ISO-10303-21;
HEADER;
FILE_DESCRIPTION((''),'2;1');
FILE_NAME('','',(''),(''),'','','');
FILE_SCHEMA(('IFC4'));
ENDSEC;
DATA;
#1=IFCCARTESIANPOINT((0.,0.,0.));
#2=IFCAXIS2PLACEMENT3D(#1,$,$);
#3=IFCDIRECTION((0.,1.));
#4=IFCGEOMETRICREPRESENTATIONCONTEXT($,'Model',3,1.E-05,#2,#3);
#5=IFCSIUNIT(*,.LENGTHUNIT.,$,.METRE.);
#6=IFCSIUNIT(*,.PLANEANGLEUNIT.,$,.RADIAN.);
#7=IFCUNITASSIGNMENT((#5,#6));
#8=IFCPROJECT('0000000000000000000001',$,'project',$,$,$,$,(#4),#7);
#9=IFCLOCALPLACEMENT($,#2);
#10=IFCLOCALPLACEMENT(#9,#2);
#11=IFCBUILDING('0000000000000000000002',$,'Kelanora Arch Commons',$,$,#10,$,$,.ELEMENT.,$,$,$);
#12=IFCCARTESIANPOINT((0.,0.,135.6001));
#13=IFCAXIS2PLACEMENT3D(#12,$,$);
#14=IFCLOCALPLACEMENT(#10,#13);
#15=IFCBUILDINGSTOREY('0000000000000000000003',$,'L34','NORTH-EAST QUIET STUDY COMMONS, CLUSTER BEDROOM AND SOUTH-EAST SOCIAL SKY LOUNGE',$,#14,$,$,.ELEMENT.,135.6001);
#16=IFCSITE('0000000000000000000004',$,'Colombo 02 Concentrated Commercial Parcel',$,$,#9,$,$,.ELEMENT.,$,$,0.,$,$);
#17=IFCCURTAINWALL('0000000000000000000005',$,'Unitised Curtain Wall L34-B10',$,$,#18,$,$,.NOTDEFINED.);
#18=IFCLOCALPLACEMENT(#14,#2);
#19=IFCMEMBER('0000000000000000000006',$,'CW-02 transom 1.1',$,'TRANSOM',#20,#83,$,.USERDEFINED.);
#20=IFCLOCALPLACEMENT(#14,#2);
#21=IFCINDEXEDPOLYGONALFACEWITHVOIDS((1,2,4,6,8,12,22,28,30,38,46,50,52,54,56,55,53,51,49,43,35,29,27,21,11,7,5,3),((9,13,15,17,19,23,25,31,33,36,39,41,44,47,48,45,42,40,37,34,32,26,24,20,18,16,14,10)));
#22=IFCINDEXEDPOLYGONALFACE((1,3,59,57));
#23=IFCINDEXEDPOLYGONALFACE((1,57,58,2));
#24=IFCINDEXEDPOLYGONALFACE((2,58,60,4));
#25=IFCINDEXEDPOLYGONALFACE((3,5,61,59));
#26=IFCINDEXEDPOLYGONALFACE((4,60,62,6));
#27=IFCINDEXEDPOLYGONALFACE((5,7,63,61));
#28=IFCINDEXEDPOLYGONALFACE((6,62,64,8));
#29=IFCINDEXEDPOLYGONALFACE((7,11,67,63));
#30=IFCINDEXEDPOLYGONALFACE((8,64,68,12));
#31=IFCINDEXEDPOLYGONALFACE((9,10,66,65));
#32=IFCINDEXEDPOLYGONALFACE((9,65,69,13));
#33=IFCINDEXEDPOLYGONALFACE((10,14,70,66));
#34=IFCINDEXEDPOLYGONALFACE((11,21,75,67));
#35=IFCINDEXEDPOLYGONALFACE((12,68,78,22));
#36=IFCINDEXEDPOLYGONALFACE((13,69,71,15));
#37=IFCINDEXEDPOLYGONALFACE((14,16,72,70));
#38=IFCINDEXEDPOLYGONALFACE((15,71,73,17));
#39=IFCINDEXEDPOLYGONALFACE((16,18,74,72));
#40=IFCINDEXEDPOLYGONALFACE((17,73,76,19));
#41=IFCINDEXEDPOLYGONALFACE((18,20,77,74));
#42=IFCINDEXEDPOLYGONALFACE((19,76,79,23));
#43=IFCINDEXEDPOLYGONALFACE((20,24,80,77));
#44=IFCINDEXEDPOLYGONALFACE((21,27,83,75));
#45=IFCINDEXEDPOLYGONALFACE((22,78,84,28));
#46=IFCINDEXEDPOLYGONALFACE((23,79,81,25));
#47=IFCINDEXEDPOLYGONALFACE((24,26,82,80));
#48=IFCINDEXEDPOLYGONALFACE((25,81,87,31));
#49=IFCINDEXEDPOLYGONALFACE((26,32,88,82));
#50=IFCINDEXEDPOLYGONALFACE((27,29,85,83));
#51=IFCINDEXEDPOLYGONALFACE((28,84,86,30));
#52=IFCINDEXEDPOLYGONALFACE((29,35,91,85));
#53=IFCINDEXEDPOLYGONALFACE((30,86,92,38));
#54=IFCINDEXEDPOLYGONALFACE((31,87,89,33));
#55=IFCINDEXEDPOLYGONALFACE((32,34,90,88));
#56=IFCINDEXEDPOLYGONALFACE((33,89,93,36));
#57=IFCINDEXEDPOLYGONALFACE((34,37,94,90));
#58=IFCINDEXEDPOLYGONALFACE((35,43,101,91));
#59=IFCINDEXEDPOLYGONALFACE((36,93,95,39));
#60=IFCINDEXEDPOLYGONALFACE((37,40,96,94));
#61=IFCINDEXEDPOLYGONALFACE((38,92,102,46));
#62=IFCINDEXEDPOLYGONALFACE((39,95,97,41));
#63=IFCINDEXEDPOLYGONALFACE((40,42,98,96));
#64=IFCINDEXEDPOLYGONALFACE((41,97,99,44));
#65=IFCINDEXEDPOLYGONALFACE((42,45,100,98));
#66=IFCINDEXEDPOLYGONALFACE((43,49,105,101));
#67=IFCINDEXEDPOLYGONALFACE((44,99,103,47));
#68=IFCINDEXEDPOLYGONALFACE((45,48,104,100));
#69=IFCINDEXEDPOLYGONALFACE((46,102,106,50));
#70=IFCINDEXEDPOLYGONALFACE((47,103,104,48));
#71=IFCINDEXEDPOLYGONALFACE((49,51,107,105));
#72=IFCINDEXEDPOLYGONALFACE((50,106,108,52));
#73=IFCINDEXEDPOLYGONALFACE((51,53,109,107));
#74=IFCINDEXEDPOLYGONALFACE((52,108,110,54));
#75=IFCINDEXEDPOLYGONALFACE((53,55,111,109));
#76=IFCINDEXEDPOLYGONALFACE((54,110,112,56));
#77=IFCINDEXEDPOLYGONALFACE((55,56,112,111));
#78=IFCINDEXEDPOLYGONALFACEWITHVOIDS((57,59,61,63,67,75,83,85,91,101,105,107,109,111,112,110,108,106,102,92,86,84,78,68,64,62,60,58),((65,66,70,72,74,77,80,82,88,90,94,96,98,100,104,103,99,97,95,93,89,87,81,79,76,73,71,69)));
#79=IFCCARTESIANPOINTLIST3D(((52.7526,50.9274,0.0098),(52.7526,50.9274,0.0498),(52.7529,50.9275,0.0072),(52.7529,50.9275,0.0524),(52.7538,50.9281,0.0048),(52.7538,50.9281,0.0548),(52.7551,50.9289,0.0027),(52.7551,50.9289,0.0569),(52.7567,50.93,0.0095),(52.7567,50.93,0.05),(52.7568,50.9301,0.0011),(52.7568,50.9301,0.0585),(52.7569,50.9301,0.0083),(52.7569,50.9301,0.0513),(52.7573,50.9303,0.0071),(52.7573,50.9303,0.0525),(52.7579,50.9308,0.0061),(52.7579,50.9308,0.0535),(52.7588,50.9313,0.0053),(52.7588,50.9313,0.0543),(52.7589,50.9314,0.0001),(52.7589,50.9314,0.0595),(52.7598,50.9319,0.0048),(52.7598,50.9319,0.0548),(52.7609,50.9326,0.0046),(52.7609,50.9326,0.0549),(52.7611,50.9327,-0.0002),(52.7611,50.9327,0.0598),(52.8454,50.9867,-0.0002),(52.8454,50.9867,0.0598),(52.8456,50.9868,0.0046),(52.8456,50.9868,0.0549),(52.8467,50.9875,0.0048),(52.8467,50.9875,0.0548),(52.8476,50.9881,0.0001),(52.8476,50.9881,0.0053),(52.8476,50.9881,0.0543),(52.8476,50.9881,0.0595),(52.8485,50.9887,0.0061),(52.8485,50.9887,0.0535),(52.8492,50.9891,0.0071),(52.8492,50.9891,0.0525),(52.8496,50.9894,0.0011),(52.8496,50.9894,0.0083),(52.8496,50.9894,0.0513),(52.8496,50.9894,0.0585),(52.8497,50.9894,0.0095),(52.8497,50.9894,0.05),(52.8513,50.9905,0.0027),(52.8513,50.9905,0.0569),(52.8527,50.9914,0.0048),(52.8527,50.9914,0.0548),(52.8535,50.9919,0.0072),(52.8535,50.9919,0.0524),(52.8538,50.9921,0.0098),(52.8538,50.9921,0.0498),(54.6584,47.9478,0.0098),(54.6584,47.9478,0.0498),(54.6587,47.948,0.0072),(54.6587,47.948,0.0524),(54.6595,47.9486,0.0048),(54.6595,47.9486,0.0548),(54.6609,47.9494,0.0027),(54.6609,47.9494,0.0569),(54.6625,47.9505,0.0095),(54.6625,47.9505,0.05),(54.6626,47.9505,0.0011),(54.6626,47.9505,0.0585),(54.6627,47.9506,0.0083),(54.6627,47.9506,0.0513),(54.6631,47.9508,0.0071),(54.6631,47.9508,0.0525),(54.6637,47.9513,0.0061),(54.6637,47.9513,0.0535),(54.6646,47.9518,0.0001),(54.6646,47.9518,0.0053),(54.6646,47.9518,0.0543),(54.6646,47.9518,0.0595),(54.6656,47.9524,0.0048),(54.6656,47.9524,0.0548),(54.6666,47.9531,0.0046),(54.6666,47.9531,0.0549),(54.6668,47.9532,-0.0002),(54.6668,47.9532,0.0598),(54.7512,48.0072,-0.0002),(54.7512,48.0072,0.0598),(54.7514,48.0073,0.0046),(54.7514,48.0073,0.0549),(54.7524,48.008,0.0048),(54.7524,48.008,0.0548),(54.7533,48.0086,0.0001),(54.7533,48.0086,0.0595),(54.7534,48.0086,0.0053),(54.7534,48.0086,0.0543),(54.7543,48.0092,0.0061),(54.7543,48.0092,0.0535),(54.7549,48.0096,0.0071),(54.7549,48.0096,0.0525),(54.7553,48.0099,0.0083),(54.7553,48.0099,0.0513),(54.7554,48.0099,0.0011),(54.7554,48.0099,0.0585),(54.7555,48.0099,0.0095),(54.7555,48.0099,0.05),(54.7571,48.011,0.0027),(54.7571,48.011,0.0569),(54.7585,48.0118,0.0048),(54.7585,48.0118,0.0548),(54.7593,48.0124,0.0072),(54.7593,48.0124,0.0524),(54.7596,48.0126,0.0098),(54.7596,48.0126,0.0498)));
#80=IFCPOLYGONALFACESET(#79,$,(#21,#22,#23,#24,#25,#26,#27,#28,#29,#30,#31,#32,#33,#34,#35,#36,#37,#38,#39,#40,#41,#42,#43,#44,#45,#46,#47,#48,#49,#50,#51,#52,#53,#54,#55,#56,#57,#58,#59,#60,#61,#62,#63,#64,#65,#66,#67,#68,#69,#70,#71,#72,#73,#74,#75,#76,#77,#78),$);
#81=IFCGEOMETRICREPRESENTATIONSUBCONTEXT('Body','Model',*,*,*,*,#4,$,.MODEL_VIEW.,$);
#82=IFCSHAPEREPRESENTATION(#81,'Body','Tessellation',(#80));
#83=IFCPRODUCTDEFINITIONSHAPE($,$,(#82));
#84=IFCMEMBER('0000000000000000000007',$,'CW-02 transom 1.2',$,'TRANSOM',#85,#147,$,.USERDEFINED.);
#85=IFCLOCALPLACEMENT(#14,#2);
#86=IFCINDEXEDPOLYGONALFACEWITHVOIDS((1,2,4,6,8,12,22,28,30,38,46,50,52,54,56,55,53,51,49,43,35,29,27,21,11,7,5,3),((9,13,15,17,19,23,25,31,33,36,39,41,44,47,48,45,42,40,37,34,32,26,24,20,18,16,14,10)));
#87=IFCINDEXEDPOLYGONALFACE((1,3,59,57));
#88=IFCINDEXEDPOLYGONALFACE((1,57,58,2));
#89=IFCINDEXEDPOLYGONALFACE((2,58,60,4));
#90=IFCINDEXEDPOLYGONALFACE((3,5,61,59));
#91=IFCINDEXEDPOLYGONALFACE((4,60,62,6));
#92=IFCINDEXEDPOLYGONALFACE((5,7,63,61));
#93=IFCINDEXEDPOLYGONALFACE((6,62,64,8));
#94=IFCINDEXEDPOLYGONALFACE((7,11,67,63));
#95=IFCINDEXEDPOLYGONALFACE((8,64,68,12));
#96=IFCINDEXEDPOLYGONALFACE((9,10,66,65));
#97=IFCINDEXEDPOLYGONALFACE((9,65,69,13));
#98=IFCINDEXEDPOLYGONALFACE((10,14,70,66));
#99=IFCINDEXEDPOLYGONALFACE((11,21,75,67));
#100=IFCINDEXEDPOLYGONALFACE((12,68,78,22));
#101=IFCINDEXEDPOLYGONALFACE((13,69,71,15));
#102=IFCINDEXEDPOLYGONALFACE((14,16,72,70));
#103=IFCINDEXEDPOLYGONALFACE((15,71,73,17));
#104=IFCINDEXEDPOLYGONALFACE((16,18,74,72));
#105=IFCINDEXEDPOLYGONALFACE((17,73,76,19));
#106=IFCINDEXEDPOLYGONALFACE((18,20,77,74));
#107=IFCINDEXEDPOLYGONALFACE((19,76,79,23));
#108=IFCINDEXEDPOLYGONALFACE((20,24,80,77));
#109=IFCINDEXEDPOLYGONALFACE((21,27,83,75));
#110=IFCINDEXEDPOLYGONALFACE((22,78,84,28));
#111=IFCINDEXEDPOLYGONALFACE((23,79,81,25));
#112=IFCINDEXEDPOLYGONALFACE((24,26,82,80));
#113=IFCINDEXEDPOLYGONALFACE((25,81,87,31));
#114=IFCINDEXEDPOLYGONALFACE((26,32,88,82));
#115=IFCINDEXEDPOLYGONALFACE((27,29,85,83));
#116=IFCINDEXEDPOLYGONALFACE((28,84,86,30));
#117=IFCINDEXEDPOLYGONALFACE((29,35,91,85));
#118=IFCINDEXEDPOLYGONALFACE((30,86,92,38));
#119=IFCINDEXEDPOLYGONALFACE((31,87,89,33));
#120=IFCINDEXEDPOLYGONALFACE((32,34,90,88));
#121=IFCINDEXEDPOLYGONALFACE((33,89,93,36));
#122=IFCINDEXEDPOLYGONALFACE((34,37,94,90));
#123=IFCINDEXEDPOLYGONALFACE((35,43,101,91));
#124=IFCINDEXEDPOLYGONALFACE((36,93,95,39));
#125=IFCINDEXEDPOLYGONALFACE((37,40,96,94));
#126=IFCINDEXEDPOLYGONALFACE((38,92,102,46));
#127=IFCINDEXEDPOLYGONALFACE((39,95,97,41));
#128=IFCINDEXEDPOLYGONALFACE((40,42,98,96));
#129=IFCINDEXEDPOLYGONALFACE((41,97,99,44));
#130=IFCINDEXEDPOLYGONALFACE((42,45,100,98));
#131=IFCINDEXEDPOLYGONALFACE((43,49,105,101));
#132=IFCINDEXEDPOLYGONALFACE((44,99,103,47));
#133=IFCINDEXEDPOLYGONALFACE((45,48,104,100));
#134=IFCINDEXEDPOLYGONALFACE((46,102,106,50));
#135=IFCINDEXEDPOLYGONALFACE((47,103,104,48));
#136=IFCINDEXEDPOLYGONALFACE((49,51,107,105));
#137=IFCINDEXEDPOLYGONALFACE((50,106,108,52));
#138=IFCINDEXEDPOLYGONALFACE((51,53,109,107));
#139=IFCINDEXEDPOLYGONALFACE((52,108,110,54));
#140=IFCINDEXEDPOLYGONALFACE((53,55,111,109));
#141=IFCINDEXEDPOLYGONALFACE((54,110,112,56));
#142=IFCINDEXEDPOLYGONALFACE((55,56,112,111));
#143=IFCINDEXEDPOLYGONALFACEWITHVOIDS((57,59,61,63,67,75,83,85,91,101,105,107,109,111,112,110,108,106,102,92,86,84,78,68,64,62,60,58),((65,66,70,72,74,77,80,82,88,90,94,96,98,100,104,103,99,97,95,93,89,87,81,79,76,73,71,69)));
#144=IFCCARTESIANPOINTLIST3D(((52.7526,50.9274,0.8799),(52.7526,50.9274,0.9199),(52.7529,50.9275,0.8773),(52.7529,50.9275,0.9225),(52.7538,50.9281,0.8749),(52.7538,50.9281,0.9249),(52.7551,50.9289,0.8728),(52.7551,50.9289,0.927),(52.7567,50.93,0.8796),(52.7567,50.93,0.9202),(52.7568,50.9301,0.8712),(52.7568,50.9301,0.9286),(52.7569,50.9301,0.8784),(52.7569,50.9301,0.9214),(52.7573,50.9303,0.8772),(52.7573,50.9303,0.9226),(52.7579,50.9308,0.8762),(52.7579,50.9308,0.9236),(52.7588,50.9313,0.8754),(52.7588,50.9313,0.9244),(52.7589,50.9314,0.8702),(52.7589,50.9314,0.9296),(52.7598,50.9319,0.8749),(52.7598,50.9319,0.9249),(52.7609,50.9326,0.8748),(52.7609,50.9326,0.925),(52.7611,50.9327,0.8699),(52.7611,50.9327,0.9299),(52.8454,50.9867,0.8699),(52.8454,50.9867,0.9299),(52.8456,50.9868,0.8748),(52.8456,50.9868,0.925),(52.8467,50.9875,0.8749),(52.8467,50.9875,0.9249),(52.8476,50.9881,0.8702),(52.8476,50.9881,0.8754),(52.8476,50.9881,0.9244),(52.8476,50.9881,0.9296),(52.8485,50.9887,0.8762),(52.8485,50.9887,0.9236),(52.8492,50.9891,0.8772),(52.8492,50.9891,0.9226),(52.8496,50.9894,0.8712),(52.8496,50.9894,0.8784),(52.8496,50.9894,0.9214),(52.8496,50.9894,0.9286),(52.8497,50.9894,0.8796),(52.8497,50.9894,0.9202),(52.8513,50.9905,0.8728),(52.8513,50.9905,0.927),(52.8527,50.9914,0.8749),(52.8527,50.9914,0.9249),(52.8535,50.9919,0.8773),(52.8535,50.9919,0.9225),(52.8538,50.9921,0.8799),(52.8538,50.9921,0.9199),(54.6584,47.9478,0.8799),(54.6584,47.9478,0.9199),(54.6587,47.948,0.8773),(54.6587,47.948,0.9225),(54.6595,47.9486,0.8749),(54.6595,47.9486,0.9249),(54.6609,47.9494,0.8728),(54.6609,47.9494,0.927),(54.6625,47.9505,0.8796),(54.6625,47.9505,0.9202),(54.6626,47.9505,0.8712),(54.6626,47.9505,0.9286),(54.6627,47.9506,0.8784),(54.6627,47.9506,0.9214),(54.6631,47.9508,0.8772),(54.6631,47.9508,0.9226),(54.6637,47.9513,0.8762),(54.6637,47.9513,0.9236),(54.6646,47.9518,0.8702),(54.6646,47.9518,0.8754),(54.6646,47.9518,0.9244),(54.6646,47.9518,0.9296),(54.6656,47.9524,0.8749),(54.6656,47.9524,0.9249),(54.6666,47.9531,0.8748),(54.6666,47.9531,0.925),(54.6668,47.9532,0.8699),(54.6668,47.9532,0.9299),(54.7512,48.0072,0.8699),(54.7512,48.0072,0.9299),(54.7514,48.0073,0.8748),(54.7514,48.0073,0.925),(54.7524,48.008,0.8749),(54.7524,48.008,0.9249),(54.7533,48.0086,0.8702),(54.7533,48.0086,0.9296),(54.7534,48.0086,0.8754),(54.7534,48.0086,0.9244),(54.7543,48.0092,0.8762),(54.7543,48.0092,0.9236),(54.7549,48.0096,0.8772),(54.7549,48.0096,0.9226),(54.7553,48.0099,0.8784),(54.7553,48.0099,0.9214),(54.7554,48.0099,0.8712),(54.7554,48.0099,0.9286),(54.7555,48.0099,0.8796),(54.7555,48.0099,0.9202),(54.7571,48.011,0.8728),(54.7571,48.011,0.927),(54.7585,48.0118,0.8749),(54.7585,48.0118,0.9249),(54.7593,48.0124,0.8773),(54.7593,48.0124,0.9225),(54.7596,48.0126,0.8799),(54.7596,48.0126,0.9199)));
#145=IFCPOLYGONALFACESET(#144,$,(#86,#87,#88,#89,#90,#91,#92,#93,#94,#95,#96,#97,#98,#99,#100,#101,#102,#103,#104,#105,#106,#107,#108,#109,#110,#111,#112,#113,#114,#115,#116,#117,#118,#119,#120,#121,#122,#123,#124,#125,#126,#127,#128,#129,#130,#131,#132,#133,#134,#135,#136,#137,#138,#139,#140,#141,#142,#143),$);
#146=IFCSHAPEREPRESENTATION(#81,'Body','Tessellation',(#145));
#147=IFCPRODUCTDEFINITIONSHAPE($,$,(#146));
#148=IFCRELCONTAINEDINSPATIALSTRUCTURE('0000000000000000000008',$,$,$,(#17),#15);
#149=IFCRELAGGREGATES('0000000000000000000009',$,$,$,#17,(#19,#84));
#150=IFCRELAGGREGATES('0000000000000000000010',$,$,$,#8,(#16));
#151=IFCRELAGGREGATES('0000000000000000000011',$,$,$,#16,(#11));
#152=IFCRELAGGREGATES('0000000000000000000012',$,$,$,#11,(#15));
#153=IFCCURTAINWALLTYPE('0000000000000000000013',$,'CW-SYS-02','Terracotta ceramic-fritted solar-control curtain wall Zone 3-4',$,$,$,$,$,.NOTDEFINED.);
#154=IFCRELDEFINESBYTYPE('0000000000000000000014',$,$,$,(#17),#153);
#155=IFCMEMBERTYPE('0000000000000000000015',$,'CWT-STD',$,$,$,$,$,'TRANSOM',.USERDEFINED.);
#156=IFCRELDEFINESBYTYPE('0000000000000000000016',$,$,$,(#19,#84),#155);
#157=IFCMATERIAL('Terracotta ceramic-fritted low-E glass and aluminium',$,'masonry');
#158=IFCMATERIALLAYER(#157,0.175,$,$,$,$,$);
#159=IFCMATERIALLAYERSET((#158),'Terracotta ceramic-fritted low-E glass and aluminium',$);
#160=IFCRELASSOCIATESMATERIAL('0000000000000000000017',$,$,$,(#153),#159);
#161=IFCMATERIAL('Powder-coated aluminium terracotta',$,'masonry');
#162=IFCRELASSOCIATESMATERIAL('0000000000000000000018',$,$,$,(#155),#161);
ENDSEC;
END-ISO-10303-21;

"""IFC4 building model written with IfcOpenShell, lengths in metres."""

from ifc_helpers import new_model, si_unit, direction, frame, origin, origin_2d, place, context, subcontext, project, spatial, hollow_rectangle, extrude, material, layer, layer_set, material_profile, profile_set, type_object, element, aggregate, save


model = new_model("IFC4")

# Units and contexts
model_context = context("Model", 3, precision=1e-05, world=origin(), true_north=direction((0.0, 1.0)))
body_context = subcontext(model_context, "Body", "Model", "MODEL_VIEW")
ifc_project = project(units=[si_unit("LENGTHUNIT", "METRE"), si_unit("PLANEANGLEUNIT", "RADIAN")], contexts=[model_context])

# Site, building, storey
site_placement = place(None, origin())
site = spatial("IfcSite", under=ifc_project, at=site_placement, Name="Colombo 02 Concentrated Commercial Parcel", CompositionType="ELEMENT", RefElevation=0.0)
building_placement = place(site_placement, origin())
building = spatial("IfcBuilding", under=site, at=building_placement, Name="Kelanora Arch Commons", CompositionType="ELEMENT")
storey_placement = place(building_placement, frame((0.0, 0.0, 135.6001)))
storey = spatial("IfcBuildingStorey", under=building, at=storey_placement, Name="L34", Description="NORTH-EAST QUIET STUDY COMMONS, CLUSTER BEDROOM AND SOUTH-EAST SOCIAL SKY LOUNGE", CompositionType="ELEMENT", Elevation=135.6001)

# Curtain wall, members
ifc_material_1 = material(Name="Terracotta ceramic-fritted low-E glass and aluminium", Category="masonry")
ifc_layer_1 = layer(ifc_material_1, 0.175)
ifc_layer_set_1 = layer_set([ifc_layer_1], Name="Terracotta ceramic-fritted low-E glass and aluminium")
curtain_wall_type = type_object("IfcCurtainWallType", Name="CW-SYS-02", Description="Terracotta ceramic-fritted solar-control curtain wall Zone 3-4", PredefinedType="NOTDEFINED", material=ifc_layer_set_1)
curtain_wall_placement = place(storey_placement, origin())
curtain_wall = element("IfcCurtainWall", 1, at=curtain_wall_placement, inside=storey, type_object=curtain_wall_type, Name="Unitised Curtain Wall L34-B10", PredefinedType="NOTDEFINED")
ifc_material_2 = material(Name="Powder-coated aluminium terracotta", Category="masonry")
ifc_material_profile_1 = material_profile(ifc_material_2, hollow_rectangle(XDim=0.1201, YDim=0.0601, WallThickness=0.0049, InnerFilletRadius=0.0049, OuterFilletRadius=0.01, at=origin_2d()), Name="CWT120x60")
ifc_profile_set_1 = profile_set([ifc_material_profile_1], Name="Powder-coated aluminium terracotta")
member_type_1 = type_object("IfcMemberType", Name="CWT-STD", ElementType="TRANSOM", PredefinedType="USERDEFINED", material=ifc_profile_set_1)
member_1_placement = place(storey_placement, frame((52.8032, 50.9597, 0.0298), z_axis=(0.53883, -0.842414, 0.0), x_axis=(0.842414, 0.53883, 0.0)))
member_1 = element("IfcMember", 2, at=member_1_placement, type_object=member_type_1, Name="CW-02 transom 1.1", ObjectType="TRANSOM", PredefinedType="USERDEFINED", context=body_context, shape_type="SweptSolid", body=[
    extrude(hollow_rectangle(XDim=0.1201, YDim=0.0601, WallThickness=0.0049, InnerFilletRadius=0.0049, OuterFilletRadius=0.01, at=origin_2d()), origin(), (0.0, 0.0, 1.0), 3.5369),
])
member_2_placement = place(storey_placement, frame((52.8032, 50.9597, 0.8999), z_axis=(0.53883, -0.842414, 0.0), x_axis=(0.842414, 0.53883, 0.0)))
member_2 = element("IfcMember", 3, at=member_2_placement, type_object=member_type_1, Name="CW-02 transom 1.2", ObjectType="TRANSOM", PredefinedType="USERDEFINED", context=body_context, shape_type="SweptSolid", body=[
    extrude(hollow_rectangle(XDim=0.1201, YDim=0.0601, WallThickness=0.0049, InnerFilletRadius=0.0049, OuterFilletRadius=0.01, at=origin_2d()), origin(), (0.0, 0.0, 1.0), 3.5369),
])

aggregate(curtain_wall, [member_1, member_2])

save(model, "model.ifc")
